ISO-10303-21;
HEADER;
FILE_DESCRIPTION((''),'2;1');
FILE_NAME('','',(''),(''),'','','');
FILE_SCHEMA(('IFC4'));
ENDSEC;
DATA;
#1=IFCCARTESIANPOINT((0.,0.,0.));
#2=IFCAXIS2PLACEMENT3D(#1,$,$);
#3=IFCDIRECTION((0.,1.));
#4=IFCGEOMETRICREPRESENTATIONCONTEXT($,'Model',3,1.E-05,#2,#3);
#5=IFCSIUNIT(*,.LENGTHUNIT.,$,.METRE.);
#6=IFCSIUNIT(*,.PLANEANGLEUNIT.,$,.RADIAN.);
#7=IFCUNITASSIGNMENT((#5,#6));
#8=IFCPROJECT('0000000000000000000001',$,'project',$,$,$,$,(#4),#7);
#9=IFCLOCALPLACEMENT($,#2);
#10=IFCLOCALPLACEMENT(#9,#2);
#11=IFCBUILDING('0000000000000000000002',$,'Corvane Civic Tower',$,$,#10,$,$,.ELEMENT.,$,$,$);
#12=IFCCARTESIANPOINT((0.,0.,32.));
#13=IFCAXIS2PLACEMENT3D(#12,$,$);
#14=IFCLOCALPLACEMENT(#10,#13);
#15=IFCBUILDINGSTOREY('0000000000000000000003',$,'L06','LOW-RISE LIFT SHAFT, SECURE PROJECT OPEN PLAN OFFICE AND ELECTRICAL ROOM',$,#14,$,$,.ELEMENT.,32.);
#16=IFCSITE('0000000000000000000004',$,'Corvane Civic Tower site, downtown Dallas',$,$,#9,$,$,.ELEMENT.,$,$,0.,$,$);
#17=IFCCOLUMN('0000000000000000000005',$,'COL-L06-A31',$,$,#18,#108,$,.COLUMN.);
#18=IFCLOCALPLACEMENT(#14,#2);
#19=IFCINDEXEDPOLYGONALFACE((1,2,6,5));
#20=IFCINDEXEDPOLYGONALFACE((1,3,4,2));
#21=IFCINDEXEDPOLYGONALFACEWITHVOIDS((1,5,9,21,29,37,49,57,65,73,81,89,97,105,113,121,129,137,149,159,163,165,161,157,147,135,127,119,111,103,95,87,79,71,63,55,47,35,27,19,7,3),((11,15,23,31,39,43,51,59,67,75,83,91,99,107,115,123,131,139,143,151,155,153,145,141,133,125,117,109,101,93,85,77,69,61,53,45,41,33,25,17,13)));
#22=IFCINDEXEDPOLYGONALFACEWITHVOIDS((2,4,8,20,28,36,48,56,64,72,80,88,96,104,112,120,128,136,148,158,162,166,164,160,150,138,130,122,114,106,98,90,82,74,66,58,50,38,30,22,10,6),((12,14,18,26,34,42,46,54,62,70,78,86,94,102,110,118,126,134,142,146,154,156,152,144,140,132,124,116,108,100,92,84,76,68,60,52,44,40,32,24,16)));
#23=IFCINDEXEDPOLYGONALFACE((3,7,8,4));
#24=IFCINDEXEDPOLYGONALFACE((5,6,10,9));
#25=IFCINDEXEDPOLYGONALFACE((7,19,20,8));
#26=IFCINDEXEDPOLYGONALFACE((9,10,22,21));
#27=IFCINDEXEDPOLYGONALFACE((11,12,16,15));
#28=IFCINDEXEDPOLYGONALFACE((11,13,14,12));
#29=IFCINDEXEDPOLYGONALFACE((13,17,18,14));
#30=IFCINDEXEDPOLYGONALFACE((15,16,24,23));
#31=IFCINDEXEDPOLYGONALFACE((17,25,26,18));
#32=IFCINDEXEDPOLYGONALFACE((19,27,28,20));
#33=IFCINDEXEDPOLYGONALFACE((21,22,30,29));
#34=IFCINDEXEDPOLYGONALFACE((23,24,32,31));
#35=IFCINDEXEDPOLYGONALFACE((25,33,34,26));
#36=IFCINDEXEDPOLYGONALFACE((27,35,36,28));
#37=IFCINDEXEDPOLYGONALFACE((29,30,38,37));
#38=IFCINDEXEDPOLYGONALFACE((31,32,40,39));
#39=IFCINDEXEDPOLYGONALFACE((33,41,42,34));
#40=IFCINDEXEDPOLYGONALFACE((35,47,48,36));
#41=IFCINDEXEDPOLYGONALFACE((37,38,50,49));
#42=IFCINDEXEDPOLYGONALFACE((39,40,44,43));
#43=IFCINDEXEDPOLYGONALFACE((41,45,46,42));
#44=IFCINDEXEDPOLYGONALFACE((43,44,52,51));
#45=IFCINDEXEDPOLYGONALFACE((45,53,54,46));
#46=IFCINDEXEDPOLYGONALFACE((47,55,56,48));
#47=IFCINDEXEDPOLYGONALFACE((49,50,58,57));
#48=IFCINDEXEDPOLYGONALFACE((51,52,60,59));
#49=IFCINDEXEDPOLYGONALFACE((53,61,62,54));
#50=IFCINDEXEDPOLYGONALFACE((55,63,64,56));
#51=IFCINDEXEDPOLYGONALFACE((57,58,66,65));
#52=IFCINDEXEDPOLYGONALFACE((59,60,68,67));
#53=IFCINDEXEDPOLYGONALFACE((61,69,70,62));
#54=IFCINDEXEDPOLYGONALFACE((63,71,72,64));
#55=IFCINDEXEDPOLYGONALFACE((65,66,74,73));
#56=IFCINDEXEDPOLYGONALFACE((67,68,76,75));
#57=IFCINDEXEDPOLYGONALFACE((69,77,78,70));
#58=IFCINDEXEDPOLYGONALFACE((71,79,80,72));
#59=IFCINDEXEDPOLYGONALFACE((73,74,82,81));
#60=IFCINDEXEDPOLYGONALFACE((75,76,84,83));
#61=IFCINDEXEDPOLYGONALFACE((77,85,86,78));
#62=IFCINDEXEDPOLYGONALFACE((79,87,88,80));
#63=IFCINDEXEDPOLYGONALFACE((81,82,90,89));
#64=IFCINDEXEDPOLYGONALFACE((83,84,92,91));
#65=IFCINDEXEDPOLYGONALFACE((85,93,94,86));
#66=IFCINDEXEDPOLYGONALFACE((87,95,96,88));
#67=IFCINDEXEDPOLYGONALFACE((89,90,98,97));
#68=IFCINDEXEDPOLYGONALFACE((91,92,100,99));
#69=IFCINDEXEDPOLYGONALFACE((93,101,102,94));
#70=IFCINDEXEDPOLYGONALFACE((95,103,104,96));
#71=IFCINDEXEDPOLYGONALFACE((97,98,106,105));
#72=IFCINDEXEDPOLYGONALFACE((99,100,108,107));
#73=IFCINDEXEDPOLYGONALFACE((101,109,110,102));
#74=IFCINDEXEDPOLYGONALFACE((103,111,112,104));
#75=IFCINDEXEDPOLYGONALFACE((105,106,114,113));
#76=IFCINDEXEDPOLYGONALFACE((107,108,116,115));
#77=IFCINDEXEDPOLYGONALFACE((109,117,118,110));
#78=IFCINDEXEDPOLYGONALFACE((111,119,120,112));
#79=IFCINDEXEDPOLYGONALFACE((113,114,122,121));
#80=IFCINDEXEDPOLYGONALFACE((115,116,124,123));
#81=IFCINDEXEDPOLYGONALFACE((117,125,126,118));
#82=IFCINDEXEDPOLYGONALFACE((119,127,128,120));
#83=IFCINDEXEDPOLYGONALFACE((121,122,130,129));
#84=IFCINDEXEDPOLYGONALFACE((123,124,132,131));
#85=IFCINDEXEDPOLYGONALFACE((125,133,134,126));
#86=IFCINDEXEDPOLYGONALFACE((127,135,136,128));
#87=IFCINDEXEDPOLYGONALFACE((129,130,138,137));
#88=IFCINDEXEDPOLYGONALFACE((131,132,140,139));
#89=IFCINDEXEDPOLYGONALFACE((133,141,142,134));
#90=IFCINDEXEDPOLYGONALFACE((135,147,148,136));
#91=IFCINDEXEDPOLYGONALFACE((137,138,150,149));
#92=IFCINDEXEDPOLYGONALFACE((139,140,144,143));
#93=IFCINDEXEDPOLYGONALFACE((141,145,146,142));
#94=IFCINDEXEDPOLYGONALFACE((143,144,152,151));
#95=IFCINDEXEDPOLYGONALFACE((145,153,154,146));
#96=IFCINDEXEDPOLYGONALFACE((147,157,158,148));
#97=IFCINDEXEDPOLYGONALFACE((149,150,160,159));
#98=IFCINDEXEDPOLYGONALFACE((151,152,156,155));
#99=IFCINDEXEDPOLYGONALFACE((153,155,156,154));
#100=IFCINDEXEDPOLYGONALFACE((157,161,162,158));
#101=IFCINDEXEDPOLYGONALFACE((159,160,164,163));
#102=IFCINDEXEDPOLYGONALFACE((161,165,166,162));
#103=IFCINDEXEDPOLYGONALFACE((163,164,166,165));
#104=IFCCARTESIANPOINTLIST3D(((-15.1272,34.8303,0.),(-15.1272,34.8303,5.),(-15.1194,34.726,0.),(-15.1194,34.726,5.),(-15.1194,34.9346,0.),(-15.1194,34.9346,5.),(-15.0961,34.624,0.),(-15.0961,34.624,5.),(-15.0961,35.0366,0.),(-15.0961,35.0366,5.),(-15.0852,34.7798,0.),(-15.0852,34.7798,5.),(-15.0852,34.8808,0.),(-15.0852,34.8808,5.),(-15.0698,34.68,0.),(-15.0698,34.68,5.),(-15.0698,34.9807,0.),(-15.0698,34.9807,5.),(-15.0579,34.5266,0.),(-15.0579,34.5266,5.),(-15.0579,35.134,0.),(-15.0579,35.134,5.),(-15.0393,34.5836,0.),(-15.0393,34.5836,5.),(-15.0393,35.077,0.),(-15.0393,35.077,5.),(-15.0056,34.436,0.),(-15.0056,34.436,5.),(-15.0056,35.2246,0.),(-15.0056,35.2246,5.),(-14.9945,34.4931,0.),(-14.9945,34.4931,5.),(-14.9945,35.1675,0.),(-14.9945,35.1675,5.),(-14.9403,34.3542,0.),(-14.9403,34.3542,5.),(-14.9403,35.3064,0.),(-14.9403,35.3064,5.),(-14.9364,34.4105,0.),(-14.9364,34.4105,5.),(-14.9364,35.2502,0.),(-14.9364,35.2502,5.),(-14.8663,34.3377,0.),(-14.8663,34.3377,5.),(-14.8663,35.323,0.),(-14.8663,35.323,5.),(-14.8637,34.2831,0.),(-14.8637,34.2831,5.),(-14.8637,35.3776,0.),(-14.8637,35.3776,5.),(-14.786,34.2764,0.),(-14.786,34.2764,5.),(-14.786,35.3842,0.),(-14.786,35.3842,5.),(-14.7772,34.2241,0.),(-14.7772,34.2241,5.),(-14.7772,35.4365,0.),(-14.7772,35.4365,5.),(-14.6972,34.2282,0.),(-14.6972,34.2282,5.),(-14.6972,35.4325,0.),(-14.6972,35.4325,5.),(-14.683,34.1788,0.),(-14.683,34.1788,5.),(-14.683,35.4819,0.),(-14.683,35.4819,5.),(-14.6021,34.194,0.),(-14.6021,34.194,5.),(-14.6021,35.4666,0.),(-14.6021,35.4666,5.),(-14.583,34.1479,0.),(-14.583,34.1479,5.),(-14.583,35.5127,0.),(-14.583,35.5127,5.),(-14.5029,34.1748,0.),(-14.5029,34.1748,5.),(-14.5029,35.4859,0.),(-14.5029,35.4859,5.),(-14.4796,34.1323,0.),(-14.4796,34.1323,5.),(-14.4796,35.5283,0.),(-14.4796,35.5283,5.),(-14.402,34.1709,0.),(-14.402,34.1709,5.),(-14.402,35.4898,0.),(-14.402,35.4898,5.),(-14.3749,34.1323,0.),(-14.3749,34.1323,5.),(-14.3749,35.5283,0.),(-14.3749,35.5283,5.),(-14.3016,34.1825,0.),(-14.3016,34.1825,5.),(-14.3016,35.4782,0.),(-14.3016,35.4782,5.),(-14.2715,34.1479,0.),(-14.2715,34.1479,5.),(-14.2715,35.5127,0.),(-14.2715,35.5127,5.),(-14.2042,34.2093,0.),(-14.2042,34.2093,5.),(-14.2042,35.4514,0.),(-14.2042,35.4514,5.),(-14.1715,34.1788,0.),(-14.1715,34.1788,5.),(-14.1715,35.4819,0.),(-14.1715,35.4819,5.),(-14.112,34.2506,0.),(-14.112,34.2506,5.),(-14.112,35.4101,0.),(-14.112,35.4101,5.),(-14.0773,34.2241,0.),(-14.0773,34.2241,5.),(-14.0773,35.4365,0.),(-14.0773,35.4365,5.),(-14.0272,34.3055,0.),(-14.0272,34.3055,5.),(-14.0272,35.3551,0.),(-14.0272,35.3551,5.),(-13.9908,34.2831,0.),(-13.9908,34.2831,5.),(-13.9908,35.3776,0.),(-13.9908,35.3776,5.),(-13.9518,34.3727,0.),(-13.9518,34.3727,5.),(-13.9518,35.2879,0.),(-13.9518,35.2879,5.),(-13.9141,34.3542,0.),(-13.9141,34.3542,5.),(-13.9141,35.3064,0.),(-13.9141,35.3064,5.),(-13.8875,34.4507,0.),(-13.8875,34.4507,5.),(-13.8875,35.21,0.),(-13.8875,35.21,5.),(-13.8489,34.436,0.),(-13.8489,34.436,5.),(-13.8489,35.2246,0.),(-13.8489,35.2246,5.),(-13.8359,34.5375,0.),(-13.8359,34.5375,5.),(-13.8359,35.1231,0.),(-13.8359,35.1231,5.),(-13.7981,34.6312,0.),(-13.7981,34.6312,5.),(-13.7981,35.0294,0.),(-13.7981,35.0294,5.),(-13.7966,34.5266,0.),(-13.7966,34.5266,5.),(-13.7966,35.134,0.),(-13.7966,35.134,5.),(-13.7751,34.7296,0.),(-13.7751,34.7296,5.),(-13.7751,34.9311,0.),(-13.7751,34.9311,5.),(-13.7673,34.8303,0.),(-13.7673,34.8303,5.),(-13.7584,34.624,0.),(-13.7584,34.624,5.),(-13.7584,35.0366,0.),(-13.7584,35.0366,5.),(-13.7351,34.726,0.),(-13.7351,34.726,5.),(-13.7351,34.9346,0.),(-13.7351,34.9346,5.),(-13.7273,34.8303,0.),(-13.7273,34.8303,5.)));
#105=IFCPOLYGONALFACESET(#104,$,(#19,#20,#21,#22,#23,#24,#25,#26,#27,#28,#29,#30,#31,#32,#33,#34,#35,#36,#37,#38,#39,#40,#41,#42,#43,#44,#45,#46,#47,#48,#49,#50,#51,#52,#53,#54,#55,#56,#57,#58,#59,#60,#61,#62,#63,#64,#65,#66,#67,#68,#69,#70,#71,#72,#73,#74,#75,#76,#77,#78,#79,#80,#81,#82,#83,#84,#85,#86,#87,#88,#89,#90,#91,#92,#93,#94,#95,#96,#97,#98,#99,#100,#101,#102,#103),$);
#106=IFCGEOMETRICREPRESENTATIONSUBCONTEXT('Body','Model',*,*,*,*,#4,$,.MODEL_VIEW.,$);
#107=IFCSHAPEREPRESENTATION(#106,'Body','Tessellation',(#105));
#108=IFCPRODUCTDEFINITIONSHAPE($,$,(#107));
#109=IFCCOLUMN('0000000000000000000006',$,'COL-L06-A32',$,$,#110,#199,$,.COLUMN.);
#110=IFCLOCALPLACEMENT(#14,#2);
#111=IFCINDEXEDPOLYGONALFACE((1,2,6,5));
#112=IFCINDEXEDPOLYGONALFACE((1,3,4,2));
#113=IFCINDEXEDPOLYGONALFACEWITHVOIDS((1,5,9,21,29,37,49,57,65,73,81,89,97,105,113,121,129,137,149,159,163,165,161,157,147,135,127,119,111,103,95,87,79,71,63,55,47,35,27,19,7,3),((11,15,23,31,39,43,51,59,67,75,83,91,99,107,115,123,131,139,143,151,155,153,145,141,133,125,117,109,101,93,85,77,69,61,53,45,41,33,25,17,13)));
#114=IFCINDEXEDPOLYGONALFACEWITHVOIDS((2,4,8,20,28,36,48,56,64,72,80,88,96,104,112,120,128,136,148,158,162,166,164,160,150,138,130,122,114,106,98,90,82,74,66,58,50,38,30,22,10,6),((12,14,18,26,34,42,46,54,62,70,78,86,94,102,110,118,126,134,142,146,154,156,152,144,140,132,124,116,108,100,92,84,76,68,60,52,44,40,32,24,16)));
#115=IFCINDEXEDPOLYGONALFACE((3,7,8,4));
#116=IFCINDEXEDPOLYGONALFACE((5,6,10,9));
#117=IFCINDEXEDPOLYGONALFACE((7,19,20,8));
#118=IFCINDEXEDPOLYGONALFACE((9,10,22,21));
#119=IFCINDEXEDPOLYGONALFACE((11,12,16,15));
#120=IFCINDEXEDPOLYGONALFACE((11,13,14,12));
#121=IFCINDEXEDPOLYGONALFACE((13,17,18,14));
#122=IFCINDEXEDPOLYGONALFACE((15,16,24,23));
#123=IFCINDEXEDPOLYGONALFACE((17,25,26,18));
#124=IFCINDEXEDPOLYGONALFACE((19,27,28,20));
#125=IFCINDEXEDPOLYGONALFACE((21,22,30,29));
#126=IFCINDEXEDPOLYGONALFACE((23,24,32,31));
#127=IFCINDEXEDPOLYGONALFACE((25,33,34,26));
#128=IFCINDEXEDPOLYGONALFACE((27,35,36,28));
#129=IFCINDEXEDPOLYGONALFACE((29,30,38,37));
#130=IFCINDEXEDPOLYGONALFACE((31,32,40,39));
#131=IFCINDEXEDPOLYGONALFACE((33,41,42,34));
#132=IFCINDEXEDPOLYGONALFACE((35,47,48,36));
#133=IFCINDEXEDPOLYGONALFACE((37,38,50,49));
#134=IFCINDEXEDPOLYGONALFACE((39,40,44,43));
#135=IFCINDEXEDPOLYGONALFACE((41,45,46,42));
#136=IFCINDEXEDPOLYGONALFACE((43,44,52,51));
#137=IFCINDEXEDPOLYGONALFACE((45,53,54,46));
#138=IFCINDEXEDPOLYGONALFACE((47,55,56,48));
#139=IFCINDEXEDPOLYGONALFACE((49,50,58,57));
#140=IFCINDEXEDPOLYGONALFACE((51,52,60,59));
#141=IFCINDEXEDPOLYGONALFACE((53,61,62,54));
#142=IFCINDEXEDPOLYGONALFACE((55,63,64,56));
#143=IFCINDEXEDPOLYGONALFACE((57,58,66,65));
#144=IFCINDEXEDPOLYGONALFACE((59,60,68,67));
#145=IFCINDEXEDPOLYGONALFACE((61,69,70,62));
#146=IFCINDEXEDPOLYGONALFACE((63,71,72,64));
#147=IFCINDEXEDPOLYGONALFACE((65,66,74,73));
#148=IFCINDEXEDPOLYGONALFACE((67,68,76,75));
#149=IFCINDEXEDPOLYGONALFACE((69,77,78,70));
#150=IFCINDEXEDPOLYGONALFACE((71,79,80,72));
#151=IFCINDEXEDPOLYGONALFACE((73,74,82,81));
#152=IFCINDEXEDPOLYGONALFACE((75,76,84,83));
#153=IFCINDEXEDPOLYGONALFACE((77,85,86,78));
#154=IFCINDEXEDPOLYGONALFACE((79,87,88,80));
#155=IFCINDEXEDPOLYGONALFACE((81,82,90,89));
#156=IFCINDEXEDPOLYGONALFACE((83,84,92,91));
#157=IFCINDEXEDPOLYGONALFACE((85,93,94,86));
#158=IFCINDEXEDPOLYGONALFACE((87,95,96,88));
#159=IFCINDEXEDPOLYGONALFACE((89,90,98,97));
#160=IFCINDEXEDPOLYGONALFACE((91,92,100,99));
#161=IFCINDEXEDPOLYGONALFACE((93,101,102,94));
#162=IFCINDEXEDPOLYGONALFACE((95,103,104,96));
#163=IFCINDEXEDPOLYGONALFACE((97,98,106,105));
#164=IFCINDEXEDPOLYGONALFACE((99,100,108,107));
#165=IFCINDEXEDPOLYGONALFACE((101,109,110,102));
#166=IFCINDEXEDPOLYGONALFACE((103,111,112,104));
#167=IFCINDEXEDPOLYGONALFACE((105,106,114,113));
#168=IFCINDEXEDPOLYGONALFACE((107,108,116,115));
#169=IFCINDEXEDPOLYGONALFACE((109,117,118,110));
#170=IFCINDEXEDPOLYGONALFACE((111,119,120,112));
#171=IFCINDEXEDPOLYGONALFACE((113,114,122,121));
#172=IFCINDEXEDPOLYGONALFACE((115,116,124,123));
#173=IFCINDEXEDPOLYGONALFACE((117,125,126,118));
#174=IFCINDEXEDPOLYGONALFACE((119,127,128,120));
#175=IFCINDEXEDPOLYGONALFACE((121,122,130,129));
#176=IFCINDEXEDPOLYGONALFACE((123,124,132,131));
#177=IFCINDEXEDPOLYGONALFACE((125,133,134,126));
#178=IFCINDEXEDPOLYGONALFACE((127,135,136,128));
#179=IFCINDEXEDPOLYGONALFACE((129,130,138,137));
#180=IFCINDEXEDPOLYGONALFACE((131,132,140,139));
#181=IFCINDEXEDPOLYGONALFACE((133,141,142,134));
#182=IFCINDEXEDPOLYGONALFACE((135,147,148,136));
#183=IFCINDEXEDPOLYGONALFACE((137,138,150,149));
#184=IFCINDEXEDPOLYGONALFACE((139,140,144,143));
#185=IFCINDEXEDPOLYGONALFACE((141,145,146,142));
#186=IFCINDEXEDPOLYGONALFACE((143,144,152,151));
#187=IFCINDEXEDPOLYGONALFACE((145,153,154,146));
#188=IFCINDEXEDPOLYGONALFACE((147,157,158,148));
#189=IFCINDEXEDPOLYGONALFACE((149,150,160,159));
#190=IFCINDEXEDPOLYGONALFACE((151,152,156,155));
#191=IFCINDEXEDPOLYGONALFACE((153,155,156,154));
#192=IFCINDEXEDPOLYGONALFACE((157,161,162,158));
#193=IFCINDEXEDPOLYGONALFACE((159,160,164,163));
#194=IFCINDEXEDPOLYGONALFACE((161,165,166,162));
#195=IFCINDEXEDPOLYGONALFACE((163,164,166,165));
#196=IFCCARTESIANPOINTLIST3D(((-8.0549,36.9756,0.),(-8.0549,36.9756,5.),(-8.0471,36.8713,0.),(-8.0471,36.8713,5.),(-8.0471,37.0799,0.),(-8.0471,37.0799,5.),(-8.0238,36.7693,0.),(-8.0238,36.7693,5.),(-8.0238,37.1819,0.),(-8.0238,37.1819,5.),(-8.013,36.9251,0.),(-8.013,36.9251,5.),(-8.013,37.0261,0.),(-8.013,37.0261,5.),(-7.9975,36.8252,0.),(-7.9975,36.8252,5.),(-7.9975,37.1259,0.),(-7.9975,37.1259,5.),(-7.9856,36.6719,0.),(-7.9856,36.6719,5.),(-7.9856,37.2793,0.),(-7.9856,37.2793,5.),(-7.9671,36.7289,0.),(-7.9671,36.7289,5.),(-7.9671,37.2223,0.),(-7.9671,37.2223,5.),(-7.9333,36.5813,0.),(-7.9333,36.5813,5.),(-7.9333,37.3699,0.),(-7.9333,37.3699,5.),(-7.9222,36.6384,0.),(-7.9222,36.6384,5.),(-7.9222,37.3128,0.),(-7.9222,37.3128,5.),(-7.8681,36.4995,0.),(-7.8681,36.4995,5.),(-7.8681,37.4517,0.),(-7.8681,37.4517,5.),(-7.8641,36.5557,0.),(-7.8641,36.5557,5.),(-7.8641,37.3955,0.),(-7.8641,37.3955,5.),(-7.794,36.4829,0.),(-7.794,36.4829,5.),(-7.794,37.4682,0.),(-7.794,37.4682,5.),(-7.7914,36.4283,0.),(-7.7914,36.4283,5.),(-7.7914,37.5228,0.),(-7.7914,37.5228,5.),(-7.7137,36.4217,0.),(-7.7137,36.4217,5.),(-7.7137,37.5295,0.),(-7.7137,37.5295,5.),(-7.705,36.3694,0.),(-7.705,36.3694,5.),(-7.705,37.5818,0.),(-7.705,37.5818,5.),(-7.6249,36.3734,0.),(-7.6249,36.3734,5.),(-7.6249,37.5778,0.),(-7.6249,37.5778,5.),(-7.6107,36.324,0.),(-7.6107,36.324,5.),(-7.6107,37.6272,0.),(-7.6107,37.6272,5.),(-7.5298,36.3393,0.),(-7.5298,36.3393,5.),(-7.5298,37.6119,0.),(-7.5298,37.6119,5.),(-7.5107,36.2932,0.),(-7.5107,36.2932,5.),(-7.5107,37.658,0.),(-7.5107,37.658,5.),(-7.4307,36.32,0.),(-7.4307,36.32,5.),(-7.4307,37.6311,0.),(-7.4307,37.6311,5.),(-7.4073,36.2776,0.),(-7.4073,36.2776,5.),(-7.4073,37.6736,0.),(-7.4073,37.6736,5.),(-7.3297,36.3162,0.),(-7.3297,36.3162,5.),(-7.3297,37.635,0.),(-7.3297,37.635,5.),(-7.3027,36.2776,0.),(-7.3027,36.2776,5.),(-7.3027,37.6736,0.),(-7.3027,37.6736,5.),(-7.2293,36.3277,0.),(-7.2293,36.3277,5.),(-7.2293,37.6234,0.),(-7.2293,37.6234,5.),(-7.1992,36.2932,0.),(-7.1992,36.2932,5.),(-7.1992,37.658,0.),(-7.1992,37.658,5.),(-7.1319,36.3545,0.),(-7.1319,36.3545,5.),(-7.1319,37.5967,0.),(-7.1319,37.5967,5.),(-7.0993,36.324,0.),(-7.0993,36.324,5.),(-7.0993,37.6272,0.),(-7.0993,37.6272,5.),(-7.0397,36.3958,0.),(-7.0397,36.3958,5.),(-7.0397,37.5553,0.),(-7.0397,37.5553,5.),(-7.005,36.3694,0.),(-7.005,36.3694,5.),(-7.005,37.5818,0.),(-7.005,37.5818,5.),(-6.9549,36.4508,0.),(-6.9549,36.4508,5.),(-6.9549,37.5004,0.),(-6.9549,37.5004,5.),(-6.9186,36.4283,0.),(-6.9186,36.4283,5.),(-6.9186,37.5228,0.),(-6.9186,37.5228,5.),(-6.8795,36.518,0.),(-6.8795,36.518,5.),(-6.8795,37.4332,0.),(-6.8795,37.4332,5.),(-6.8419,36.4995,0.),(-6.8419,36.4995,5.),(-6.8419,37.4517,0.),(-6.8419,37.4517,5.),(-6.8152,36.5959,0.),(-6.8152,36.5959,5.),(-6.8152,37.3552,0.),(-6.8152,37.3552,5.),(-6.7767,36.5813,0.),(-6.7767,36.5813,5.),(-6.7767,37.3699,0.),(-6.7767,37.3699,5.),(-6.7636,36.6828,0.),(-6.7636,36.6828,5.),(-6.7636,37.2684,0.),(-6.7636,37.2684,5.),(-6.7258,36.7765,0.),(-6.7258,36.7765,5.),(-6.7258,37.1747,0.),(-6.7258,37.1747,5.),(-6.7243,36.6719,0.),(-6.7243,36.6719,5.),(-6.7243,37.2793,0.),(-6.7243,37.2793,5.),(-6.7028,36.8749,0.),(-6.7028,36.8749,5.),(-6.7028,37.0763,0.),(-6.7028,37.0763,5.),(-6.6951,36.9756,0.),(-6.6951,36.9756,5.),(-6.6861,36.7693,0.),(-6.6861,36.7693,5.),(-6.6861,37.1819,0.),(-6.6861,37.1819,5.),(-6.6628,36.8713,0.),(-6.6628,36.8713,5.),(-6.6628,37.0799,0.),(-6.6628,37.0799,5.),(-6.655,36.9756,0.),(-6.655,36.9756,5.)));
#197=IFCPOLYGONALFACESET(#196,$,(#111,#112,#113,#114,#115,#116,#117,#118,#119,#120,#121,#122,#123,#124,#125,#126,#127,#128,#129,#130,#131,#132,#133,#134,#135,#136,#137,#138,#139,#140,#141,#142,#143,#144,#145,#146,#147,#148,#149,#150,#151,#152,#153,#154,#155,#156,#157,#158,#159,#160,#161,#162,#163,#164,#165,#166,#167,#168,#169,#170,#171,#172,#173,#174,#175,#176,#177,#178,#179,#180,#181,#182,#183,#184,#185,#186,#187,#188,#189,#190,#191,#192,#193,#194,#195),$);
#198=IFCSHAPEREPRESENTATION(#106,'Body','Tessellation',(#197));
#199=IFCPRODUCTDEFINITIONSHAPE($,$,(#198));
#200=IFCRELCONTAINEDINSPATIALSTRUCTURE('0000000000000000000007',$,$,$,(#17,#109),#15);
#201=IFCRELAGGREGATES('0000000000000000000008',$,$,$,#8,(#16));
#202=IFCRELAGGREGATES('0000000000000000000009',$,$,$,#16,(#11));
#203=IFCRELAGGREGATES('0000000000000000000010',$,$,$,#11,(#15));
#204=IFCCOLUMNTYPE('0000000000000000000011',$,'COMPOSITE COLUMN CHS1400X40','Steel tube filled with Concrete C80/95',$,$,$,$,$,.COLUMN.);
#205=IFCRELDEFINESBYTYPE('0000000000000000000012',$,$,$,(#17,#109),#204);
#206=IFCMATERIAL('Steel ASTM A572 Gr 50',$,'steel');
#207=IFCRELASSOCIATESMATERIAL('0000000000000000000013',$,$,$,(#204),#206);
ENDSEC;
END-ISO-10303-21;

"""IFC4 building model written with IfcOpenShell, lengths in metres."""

from ifc_helpers import new_model, si_unit, direction, frame, origin, origin_2d, place, context, subcontext, project, spatial, hollow_circle, extrude, material, material_profile, profile_set, type_object, element, save


model = new_model("IFC4")

# Units and contexts
model_context = context("Model", 3, precision=1e-05, world=origin(), true_north=direction((0.0, 1.0)))
body_context = subcontext(model_context, "Body", "Model", "MODEL_VIEW")
ifc_project = project(units=[si_unit("LENGTHUNIT", "METRE"), si_unit("PLANEANGLEUNIT", "RADIAN")], contexts=[model_context])

# Site, building, storey
site_placement = place(None, origin())
site = spatial("IfcSite", under=ifc_project, at=site_placement, Name="Corvane Civic Tower site, downtown Dallas", CompositionType="ELEMENT", RefElevation=0.0)
building_placement = place(site_placement, origin())
building = spatial("IfcBuilding", under=site, at=building_placement, Name="Corvane Civic Tower", CompositionType="ELEMENT")
storey_placement = place(building_placement, frame((0.0, 0.0, 32.0)))
storey = spatial("IfcBuildingStorey", under=building, at=storey_placement, Name="L06", Description="LOW-RISE LIFT SHAFT, SECURE PROJECT OPEN PLAN OFFICE AND ELECTRICAL ROOM", CompositionType="ELEMENT", Elevation=32.0)

# Columns
ifc_material_1 = material(Name="Steel ASTM A572 Gr 50", Category="steel")
ifc_material_profile_1 = material_profile(ifc_material_1, hollow_circle(Radius=0.7, WallThickness=0.04, at=origin_2d()), Name="CHS1400X40")
ifc_profile_set_1 = profile_set([ifc_material_profile_1], Name="Steel ASTM A572 Gr 50")
column_type_1 = type_object("IfcColumnType", Name="COMPOSITE COLUMN CHS1400X40", Description="Steel tube filled with Concrete C80/95", PredefinedType="COLUMN", material=ifc_profile_set_1)
for number, where, z_axis, x_axis, name in (
    (1, (-14.4272, 34.8303, 0.0), (0.0, 0.0, 1.0), (1.0, 0.0, 0.0), "COL-L06-A31"),
    (2, (-7.355, 36.9756, 0.0), (0.0, 0.0, 1.0), (1.0, 0.0, 0.0), "COL-L06-A32"),
):
    element("IfcColumn", number, at=place(storey_placement, frame(where, z_axis=z_axis, x_axis=x_axis)), inside=storey, type_object=column_type_1, Name=name, PredefinedType="COLUMN", context=body_context, shape_type="SweptSolid", body=[
        extrude(hollow_circle(Radius=0.7, WallThickness=0.04, at=origin_2d()), origin(), (0.0, 0.0, 1.0), 5.0),
    ])

save(model, "model.ifc")
